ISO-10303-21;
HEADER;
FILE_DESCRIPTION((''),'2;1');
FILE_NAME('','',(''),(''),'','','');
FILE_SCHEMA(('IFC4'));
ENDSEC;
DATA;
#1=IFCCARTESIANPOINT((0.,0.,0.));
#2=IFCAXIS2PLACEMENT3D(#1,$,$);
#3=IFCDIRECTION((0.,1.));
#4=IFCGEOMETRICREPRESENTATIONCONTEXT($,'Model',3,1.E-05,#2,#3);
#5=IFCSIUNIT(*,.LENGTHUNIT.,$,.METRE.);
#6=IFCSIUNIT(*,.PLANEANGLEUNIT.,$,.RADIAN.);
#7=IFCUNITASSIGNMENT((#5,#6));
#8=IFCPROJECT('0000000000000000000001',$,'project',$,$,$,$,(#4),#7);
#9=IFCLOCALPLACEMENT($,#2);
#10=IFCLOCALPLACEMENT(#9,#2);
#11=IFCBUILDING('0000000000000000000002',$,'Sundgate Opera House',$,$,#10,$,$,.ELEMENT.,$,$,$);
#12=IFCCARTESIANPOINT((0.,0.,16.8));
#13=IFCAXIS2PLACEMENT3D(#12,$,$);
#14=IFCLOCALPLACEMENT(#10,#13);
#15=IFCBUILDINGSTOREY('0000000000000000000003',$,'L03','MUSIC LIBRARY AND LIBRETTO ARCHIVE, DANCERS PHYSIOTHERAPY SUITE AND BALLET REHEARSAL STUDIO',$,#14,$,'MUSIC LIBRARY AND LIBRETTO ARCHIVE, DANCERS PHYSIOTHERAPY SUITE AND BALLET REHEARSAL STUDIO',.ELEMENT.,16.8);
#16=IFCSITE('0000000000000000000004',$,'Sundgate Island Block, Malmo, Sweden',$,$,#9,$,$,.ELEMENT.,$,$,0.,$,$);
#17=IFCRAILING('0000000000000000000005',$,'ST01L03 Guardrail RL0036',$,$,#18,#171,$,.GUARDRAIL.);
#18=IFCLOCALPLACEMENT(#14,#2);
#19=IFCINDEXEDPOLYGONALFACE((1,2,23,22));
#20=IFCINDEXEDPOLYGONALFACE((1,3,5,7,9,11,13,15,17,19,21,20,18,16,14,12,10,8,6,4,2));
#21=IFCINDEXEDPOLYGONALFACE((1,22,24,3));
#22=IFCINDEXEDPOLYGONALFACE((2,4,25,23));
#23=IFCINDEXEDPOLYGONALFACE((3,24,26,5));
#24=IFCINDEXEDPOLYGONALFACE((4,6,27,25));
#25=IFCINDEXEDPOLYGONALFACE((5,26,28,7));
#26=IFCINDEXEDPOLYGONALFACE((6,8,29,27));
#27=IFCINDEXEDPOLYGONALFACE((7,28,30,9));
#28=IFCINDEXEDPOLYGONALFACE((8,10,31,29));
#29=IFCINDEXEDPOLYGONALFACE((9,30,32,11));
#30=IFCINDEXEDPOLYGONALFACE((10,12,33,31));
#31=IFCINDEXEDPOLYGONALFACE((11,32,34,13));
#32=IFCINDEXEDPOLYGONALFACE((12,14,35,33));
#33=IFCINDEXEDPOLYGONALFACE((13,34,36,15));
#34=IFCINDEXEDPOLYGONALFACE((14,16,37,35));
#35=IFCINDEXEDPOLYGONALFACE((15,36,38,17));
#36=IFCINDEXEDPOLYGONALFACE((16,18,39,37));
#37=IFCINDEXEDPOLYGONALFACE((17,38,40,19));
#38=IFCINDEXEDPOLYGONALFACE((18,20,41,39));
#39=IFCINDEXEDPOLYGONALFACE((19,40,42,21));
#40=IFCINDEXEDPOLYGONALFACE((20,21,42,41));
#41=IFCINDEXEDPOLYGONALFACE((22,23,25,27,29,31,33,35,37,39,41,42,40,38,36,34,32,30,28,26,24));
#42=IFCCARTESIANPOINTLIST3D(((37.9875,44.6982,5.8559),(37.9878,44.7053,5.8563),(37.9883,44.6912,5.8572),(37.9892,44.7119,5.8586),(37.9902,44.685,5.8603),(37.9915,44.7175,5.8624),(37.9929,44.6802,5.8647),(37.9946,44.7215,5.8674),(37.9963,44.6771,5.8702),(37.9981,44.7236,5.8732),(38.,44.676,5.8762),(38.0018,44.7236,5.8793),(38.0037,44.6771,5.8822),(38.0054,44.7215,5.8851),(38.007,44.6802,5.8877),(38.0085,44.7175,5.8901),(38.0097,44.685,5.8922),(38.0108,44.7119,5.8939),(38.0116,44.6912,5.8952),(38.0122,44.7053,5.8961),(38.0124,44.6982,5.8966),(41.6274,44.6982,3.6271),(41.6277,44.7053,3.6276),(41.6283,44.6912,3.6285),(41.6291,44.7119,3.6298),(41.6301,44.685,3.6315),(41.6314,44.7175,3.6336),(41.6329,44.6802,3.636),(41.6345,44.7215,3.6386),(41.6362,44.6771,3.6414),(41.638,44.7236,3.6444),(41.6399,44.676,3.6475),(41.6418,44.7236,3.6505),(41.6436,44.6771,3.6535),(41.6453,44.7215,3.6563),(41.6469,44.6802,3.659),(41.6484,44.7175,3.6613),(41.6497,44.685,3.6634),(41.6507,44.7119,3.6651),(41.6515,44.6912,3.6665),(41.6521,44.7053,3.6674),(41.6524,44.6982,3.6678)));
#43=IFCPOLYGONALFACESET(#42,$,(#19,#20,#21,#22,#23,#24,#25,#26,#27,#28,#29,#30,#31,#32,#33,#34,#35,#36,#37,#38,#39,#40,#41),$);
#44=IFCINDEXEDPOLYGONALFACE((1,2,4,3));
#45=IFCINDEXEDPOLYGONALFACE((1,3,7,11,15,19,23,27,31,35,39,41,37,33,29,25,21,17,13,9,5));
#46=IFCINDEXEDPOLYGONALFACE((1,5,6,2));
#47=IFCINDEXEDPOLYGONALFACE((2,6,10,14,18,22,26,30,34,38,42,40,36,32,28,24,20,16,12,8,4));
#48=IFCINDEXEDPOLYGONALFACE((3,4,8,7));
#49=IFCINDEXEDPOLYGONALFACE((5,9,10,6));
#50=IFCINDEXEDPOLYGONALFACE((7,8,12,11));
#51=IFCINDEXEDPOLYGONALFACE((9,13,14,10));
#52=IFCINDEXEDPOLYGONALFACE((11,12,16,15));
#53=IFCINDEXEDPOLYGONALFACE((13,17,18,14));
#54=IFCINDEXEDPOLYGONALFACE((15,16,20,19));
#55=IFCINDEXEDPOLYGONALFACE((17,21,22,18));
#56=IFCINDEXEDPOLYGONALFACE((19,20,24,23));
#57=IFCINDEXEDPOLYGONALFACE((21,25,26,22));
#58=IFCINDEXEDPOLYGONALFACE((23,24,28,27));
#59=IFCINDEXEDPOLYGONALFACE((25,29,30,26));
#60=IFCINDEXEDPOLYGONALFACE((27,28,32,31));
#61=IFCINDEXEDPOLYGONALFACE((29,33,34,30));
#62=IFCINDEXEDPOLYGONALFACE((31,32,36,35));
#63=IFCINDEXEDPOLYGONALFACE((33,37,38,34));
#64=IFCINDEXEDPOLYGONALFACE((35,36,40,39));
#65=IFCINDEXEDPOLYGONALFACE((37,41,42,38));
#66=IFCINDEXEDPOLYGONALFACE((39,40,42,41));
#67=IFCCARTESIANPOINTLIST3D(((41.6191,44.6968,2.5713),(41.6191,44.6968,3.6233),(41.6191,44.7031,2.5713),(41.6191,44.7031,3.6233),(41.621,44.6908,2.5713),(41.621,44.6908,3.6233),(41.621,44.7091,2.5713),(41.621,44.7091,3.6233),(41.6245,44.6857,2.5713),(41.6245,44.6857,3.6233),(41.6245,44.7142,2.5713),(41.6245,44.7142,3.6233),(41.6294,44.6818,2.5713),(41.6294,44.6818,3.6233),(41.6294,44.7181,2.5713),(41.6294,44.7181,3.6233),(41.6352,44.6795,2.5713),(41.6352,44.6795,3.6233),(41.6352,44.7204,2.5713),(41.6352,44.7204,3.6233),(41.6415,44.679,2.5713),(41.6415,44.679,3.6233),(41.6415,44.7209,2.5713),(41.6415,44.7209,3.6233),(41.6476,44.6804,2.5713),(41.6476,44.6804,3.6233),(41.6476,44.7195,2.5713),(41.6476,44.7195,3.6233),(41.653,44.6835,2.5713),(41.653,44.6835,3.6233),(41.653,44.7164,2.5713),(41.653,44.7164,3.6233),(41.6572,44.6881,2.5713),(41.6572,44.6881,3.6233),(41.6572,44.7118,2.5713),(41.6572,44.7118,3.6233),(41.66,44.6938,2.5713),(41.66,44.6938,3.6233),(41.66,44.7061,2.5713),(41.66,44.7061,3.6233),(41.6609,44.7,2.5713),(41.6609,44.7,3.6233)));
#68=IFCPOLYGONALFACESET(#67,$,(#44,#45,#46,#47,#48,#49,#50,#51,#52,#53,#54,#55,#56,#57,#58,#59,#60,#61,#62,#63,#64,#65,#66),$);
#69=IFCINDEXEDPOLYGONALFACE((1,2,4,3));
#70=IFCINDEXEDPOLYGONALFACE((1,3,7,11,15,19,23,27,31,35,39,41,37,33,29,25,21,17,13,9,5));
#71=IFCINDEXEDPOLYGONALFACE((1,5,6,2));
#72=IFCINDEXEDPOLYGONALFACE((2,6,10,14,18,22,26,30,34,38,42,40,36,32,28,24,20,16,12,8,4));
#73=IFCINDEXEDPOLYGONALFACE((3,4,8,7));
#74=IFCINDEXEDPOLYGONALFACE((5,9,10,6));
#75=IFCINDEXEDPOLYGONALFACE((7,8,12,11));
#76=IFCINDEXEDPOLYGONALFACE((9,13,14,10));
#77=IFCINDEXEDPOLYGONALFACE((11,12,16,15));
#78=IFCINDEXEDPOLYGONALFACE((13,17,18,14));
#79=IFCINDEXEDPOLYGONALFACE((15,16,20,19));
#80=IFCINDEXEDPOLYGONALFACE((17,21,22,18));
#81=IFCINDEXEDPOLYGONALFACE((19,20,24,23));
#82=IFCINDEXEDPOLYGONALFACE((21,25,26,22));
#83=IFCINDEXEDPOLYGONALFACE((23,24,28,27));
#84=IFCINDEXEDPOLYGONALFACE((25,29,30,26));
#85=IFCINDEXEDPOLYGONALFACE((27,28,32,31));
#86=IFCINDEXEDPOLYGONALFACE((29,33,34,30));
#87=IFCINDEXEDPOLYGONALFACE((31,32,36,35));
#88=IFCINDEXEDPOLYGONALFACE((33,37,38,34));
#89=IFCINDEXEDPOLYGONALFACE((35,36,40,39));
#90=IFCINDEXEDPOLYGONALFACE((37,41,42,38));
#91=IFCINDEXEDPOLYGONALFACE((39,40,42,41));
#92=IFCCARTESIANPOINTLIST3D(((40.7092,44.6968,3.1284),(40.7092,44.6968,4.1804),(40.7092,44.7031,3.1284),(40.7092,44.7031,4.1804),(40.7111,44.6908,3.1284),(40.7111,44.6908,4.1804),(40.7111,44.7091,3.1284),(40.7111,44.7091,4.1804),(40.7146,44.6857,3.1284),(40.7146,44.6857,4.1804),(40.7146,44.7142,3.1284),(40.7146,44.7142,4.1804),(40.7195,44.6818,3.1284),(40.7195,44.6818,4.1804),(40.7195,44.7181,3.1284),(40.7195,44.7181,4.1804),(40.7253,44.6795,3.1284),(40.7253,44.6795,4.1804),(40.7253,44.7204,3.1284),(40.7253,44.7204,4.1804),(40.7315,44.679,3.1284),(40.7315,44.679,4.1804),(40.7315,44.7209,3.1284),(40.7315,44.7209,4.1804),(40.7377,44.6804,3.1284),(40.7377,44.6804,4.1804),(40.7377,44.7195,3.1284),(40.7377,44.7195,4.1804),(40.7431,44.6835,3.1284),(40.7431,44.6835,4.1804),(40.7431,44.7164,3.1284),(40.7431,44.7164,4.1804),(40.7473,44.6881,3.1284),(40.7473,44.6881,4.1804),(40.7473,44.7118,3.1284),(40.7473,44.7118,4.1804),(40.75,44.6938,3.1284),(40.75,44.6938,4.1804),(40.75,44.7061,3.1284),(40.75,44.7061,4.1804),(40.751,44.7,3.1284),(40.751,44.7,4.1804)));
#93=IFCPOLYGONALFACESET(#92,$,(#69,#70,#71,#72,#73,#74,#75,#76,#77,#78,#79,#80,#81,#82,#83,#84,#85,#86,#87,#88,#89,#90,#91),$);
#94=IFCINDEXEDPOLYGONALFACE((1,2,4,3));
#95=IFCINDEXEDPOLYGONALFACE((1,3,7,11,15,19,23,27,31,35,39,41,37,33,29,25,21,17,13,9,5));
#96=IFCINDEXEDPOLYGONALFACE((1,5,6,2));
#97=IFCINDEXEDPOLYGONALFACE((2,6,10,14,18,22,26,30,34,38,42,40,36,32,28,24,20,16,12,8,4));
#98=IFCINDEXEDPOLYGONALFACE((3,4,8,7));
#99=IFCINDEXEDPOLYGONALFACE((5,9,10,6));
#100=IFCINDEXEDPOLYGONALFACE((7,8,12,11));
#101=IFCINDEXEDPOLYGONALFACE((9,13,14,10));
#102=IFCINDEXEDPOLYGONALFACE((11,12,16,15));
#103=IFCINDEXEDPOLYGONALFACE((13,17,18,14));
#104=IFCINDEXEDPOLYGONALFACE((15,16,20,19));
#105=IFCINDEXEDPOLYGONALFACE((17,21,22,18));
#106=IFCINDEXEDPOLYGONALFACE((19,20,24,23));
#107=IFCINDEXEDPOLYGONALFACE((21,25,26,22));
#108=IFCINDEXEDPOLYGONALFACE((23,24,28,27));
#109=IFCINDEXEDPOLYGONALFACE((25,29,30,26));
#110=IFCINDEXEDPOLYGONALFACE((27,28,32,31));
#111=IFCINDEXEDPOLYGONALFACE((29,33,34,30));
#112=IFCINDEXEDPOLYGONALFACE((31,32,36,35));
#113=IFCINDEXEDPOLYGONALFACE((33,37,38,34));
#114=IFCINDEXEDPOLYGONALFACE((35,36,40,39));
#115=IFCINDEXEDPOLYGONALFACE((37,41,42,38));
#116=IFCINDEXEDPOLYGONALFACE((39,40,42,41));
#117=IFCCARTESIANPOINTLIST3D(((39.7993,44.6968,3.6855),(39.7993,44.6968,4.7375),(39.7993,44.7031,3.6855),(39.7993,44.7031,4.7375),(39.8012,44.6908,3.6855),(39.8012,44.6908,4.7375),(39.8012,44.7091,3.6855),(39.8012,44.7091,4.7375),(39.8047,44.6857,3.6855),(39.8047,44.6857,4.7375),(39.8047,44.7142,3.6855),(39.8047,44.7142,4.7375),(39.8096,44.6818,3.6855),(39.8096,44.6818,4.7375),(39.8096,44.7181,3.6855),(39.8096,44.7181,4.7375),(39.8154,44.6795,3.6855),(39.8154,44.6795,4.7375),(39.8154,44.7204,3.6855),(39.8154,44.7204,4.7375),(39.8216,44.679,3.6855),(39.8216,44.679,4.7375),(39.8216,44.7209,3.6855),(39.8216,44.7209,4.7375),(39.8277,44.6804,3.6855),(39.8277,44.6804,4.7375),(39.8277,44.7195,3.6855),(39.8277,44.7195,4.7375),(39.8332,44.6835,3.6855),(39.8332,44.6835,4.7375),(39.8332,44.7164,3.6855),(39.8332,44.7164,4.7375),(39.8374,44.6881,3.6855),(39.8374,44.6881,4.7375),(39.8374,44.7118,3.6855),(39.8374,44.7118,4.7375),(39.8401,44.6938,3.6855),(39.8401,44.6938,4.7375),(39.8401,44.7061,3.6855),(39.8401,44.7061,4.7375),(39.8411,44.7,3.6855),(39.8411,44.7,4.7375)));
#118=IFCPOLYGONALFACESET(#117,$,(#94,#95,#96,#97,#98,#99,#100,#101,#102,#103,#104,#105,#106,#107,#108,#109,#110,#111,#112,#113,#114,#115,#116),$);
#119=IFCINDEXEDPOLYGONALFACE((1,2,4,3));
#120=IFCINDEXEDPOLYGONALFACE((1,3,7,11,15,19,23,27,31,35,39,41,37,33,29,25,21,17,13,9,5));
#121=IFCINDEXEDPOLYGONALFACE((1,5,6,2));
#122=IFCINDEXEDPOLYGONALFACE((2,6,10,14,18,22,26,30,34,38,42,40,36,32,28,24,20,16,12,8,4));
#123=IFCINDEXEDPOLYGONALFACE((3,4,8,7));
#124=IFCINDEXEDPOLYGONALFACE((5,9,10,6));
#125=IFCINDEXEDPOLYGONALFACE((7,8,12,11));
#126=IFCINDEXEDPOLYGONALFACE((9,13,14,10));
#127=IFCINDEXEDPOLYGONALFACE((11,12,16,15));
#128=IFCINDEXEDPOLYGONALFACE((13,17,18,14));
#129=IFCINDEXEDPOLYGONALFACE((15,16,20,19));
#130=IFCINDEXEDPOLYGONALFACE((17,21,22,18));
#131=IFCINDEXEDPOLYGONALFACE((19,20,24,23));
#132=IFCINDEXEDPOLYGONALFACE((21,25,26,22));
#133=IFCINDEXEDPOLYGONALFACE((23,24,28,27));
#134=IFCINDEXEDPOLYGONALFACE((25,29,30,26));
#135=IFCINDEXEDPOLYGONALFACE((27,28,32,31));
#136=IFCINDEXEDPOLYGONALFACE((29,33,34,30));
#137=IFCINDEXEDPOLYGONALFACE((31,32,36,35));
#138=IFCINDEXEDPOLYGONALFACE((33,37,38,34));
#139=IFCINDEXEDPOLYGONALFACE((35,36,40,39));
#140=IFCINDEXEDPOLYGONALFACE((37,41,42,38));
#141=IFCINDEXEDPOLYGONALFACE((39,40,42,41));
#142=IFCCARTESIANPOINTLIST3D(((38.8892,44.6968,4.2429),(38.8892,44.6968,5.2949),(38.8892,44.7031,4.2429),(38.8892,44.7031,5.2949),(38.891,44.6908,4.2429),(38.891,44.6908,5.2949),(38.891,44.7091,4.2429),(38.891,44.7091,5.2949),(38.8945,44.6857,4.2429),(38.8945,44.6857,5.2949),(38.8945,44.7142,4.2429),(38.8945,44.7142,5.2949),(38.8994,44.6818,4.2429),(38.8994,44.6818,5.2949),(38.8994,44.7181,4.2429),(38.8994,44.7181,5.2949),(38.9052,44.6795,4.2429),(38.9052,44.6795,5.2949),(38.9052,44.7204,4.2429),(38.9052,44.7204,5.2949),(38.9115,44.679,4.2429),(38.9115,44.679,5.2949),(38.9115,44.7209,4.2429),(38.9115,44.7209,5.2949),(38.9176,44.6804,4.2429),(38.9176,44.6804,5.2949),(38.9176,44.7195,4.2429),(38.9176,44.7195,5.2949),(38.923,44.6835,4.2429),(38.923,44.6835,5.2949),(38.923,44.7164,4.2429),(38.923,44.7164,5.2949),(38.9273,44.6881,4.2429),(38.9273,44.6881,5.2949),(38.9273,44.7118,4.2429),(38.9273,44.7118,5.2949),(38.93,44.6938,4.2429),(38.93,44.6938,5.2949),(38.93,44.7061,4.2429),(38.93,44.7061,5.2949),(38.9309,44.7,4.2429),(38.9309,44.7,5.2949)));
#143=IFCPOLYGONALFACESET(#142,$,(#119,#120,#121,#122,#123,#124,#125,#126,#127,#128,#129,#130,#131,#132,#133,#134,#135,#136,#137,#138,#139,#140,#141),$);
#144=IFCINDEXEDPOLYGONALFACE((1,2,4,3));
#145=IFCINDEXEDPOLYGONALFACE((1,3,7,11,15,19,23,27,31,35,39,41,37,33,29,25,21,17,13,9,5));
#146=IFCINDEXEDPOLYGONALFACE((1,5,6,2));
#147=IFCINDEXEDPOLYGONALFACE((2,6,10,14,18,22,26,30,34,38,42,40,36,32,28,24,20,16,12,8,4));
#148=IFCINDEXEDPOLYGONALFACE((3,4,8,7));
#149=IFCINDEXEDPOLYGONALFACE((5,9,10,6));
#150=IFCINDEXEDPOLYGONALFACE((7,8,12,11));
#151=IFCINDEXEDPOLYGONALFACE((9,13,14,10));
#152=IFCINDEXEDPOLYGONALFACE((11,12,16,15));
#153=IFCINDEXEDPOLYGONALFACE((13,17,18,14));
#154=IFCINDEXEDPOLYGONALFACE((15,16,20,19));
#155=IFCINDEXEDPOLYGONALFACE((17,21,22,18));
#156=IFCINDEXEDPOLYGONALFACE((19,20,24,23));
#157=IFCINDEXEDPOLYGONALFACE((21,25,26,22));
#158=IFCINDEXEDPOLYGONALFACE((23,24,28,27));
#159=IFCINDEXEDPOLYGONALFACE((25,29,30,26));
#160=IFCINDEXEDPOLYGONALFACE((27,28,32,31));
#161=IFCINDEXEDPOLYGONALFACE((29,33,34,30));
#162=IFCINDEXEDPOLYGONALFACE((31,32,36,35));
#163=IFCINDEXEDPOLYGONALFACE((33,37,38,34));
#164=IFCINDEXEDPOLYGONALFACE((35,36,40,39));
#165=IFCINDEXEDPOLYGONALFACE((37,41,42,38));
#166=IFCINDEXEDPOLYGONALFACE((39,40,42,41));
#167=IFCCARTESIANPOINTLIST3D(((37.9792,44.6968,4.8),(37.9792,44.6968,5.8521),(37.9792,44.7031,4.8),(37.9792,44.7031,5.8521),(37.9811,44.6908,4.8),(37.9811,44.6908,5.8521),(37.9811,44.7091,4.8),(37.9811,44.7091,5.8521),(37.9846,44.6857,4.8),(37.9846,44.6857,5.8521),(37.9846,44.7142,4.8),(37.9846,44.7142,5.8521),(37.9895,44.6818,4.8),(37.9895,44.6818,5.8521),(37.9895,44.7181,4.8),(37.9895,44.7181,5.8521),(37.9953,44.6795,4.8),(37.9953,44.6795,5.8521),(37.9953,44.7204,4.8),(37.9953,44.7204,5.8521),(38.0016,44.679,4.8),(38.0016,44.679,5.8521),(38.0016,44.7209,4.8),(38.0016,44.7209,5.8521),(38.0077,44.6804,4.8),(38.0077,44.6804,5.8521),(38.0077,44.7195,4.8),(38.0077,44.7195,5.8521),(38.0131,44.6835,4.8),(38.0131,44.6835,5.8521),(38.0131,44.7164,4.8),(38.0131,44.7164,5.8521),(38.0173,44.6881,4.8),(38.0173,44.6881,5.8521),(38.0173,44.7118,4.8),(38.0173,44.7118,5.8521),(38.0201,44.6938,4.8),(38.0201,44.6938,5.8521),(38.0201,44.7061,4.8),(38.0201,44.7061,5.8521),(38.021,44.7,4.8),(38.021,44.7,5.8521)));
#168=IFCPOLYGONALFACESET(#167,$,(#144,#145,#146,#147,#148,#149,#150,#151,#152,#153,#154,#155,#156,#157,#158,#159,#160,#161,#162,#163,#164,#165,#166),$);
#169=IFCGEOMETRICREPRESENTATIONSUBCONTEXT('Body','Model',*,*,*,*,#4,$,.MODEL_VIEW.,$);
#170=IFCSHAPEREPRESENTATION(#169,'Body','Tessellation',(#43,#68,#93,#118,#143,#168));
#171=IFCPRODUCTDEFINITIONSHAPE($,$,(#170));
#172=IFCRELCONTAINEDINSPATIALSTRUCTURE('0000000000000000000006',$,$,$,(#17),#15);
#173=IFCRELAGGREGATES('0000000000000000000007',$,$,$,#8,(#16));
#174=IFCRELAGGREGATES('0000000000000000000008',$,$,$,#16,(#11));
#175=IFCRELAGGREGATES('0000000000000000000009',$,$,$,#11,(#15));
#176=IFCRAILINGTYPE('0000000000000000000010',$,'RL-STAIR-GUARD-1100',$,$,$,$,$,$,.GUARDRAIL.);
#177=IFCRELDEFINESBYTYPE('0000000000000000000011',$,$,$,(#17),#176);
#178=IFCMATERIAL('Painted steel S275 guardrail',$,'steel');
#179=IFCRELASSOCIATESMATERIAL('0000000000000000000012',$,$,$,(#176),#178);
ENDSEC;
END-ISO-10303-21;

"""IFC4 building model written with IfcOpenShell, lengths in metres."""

from ifc_helpers import new_model, si_unit, direction, frame, origin, origin_2d, place, context, subcontext, project, spatial, circle, extrude, material, type_object, element, save


model = new_model("IFC4")

# Units and contexts
model_context = context("Model", 3, precision=1e-05, world=origin(), true_north=direction((0.0, 1.0)))
body_context = subcontext(model_context, "Body", "Model", "MODEL_VIEW")
ifc_project = project(units=[si_unit("LENGTHUNIT", "METRE"), si_unit("PLANEANGLEUNIT", "RADIAN")], contexts=[model_context])

# Site, building, storey
site_placement = place(None, origin())
site = spatial("IfcSite", under=ifc_project, at=site_placement, Name="Sundgate Island Block, Malmo, Sweden", CompositionType="ELEMENT", RefElevation=0.0)
building_placement = place(site_placement, origin())
building = spatial("IfcBuilding", under=site, at=building_placement, Name="Sundgate Opera House", CompositionType="ELEMENT")
storey_placement = place(building_placement, frame((0.0, 0.0, 16.8)))
storey = spatial("IfcBuildingStorey", under=building, at=storey_placement, Name="L03", Description="MUSIC LIBRARY AND LIBRETTO ARCHIVE, DANCERS PHYSIOTHERAPY SUITE AND BALLET REHEARSAL STUDIO", LongName="MUSIC LIBRARY AND LIBRETTO ARCHIVE, DANCERS PHYSIOTHERAPY SUITE AND BALLET REHEARSAL STUDIO", CompositionType="ELEMENT", Elevation=16.8)

# Railing
ifc_material_1 = material(Name="Painted steel S275 guardrail", Category="steel")
railing_type_1 = type_object("IfcRailingType", Name="RL-STAIR-GUARD-1100", PredefinedType="GUARDRAIL", material=ifc_material_1)
railing_1_placement = place(storey_placement, frame((41.6399, 44.7, 2.5713)))
element("IfcRailing", 1, at=railing_1_placement, inside=storey, type_object=railing_type_1, Name="ST01L03 Guardrail RL0036", PredefinedType="GUARDRAIL", context=body_context, shape_type="SweptSolid", body=[
    extrude(circle(Radius=0.0239, at=origin_2d()), frame((0.0, 0.0, 1.0762), z_axis=(-0.852825, 0.0, 0.522197), x_axis=(0.0, -1.0, 0.0)), (0.0, 0.0, 1.0), 4.2681),
    extrude(circle(Radius=0.021, at=origin_2d()), origin(), (0.0, 0.0, 1.0), 1.052),
    extrude(circle(Radius=0.021, at=origin_2d()), frame((-0.9099, 0.0, 0.5571)), (0.0, 0.0, 1.0), 1.052),
    extrude(circle(Radius=0.021, at=origin_2d()), frame((-1.8198, 0.0, 1.1143)), (0.0, 0.0, 1.0), 1.052),
    extrude(circle(Radius=0.021, at=origin_2d()), frame((-2.73, 0.0, 1.6716)), (0.0, 0.0, 1.0), 1.052),
    extrude(circle(Radius=0.021, at=origin_2d()), frame((-3.6399, 0.0, 2.2288)), (0.0, 0.0, 1.0), 1.052),
])

save(model, "model.ifc")
